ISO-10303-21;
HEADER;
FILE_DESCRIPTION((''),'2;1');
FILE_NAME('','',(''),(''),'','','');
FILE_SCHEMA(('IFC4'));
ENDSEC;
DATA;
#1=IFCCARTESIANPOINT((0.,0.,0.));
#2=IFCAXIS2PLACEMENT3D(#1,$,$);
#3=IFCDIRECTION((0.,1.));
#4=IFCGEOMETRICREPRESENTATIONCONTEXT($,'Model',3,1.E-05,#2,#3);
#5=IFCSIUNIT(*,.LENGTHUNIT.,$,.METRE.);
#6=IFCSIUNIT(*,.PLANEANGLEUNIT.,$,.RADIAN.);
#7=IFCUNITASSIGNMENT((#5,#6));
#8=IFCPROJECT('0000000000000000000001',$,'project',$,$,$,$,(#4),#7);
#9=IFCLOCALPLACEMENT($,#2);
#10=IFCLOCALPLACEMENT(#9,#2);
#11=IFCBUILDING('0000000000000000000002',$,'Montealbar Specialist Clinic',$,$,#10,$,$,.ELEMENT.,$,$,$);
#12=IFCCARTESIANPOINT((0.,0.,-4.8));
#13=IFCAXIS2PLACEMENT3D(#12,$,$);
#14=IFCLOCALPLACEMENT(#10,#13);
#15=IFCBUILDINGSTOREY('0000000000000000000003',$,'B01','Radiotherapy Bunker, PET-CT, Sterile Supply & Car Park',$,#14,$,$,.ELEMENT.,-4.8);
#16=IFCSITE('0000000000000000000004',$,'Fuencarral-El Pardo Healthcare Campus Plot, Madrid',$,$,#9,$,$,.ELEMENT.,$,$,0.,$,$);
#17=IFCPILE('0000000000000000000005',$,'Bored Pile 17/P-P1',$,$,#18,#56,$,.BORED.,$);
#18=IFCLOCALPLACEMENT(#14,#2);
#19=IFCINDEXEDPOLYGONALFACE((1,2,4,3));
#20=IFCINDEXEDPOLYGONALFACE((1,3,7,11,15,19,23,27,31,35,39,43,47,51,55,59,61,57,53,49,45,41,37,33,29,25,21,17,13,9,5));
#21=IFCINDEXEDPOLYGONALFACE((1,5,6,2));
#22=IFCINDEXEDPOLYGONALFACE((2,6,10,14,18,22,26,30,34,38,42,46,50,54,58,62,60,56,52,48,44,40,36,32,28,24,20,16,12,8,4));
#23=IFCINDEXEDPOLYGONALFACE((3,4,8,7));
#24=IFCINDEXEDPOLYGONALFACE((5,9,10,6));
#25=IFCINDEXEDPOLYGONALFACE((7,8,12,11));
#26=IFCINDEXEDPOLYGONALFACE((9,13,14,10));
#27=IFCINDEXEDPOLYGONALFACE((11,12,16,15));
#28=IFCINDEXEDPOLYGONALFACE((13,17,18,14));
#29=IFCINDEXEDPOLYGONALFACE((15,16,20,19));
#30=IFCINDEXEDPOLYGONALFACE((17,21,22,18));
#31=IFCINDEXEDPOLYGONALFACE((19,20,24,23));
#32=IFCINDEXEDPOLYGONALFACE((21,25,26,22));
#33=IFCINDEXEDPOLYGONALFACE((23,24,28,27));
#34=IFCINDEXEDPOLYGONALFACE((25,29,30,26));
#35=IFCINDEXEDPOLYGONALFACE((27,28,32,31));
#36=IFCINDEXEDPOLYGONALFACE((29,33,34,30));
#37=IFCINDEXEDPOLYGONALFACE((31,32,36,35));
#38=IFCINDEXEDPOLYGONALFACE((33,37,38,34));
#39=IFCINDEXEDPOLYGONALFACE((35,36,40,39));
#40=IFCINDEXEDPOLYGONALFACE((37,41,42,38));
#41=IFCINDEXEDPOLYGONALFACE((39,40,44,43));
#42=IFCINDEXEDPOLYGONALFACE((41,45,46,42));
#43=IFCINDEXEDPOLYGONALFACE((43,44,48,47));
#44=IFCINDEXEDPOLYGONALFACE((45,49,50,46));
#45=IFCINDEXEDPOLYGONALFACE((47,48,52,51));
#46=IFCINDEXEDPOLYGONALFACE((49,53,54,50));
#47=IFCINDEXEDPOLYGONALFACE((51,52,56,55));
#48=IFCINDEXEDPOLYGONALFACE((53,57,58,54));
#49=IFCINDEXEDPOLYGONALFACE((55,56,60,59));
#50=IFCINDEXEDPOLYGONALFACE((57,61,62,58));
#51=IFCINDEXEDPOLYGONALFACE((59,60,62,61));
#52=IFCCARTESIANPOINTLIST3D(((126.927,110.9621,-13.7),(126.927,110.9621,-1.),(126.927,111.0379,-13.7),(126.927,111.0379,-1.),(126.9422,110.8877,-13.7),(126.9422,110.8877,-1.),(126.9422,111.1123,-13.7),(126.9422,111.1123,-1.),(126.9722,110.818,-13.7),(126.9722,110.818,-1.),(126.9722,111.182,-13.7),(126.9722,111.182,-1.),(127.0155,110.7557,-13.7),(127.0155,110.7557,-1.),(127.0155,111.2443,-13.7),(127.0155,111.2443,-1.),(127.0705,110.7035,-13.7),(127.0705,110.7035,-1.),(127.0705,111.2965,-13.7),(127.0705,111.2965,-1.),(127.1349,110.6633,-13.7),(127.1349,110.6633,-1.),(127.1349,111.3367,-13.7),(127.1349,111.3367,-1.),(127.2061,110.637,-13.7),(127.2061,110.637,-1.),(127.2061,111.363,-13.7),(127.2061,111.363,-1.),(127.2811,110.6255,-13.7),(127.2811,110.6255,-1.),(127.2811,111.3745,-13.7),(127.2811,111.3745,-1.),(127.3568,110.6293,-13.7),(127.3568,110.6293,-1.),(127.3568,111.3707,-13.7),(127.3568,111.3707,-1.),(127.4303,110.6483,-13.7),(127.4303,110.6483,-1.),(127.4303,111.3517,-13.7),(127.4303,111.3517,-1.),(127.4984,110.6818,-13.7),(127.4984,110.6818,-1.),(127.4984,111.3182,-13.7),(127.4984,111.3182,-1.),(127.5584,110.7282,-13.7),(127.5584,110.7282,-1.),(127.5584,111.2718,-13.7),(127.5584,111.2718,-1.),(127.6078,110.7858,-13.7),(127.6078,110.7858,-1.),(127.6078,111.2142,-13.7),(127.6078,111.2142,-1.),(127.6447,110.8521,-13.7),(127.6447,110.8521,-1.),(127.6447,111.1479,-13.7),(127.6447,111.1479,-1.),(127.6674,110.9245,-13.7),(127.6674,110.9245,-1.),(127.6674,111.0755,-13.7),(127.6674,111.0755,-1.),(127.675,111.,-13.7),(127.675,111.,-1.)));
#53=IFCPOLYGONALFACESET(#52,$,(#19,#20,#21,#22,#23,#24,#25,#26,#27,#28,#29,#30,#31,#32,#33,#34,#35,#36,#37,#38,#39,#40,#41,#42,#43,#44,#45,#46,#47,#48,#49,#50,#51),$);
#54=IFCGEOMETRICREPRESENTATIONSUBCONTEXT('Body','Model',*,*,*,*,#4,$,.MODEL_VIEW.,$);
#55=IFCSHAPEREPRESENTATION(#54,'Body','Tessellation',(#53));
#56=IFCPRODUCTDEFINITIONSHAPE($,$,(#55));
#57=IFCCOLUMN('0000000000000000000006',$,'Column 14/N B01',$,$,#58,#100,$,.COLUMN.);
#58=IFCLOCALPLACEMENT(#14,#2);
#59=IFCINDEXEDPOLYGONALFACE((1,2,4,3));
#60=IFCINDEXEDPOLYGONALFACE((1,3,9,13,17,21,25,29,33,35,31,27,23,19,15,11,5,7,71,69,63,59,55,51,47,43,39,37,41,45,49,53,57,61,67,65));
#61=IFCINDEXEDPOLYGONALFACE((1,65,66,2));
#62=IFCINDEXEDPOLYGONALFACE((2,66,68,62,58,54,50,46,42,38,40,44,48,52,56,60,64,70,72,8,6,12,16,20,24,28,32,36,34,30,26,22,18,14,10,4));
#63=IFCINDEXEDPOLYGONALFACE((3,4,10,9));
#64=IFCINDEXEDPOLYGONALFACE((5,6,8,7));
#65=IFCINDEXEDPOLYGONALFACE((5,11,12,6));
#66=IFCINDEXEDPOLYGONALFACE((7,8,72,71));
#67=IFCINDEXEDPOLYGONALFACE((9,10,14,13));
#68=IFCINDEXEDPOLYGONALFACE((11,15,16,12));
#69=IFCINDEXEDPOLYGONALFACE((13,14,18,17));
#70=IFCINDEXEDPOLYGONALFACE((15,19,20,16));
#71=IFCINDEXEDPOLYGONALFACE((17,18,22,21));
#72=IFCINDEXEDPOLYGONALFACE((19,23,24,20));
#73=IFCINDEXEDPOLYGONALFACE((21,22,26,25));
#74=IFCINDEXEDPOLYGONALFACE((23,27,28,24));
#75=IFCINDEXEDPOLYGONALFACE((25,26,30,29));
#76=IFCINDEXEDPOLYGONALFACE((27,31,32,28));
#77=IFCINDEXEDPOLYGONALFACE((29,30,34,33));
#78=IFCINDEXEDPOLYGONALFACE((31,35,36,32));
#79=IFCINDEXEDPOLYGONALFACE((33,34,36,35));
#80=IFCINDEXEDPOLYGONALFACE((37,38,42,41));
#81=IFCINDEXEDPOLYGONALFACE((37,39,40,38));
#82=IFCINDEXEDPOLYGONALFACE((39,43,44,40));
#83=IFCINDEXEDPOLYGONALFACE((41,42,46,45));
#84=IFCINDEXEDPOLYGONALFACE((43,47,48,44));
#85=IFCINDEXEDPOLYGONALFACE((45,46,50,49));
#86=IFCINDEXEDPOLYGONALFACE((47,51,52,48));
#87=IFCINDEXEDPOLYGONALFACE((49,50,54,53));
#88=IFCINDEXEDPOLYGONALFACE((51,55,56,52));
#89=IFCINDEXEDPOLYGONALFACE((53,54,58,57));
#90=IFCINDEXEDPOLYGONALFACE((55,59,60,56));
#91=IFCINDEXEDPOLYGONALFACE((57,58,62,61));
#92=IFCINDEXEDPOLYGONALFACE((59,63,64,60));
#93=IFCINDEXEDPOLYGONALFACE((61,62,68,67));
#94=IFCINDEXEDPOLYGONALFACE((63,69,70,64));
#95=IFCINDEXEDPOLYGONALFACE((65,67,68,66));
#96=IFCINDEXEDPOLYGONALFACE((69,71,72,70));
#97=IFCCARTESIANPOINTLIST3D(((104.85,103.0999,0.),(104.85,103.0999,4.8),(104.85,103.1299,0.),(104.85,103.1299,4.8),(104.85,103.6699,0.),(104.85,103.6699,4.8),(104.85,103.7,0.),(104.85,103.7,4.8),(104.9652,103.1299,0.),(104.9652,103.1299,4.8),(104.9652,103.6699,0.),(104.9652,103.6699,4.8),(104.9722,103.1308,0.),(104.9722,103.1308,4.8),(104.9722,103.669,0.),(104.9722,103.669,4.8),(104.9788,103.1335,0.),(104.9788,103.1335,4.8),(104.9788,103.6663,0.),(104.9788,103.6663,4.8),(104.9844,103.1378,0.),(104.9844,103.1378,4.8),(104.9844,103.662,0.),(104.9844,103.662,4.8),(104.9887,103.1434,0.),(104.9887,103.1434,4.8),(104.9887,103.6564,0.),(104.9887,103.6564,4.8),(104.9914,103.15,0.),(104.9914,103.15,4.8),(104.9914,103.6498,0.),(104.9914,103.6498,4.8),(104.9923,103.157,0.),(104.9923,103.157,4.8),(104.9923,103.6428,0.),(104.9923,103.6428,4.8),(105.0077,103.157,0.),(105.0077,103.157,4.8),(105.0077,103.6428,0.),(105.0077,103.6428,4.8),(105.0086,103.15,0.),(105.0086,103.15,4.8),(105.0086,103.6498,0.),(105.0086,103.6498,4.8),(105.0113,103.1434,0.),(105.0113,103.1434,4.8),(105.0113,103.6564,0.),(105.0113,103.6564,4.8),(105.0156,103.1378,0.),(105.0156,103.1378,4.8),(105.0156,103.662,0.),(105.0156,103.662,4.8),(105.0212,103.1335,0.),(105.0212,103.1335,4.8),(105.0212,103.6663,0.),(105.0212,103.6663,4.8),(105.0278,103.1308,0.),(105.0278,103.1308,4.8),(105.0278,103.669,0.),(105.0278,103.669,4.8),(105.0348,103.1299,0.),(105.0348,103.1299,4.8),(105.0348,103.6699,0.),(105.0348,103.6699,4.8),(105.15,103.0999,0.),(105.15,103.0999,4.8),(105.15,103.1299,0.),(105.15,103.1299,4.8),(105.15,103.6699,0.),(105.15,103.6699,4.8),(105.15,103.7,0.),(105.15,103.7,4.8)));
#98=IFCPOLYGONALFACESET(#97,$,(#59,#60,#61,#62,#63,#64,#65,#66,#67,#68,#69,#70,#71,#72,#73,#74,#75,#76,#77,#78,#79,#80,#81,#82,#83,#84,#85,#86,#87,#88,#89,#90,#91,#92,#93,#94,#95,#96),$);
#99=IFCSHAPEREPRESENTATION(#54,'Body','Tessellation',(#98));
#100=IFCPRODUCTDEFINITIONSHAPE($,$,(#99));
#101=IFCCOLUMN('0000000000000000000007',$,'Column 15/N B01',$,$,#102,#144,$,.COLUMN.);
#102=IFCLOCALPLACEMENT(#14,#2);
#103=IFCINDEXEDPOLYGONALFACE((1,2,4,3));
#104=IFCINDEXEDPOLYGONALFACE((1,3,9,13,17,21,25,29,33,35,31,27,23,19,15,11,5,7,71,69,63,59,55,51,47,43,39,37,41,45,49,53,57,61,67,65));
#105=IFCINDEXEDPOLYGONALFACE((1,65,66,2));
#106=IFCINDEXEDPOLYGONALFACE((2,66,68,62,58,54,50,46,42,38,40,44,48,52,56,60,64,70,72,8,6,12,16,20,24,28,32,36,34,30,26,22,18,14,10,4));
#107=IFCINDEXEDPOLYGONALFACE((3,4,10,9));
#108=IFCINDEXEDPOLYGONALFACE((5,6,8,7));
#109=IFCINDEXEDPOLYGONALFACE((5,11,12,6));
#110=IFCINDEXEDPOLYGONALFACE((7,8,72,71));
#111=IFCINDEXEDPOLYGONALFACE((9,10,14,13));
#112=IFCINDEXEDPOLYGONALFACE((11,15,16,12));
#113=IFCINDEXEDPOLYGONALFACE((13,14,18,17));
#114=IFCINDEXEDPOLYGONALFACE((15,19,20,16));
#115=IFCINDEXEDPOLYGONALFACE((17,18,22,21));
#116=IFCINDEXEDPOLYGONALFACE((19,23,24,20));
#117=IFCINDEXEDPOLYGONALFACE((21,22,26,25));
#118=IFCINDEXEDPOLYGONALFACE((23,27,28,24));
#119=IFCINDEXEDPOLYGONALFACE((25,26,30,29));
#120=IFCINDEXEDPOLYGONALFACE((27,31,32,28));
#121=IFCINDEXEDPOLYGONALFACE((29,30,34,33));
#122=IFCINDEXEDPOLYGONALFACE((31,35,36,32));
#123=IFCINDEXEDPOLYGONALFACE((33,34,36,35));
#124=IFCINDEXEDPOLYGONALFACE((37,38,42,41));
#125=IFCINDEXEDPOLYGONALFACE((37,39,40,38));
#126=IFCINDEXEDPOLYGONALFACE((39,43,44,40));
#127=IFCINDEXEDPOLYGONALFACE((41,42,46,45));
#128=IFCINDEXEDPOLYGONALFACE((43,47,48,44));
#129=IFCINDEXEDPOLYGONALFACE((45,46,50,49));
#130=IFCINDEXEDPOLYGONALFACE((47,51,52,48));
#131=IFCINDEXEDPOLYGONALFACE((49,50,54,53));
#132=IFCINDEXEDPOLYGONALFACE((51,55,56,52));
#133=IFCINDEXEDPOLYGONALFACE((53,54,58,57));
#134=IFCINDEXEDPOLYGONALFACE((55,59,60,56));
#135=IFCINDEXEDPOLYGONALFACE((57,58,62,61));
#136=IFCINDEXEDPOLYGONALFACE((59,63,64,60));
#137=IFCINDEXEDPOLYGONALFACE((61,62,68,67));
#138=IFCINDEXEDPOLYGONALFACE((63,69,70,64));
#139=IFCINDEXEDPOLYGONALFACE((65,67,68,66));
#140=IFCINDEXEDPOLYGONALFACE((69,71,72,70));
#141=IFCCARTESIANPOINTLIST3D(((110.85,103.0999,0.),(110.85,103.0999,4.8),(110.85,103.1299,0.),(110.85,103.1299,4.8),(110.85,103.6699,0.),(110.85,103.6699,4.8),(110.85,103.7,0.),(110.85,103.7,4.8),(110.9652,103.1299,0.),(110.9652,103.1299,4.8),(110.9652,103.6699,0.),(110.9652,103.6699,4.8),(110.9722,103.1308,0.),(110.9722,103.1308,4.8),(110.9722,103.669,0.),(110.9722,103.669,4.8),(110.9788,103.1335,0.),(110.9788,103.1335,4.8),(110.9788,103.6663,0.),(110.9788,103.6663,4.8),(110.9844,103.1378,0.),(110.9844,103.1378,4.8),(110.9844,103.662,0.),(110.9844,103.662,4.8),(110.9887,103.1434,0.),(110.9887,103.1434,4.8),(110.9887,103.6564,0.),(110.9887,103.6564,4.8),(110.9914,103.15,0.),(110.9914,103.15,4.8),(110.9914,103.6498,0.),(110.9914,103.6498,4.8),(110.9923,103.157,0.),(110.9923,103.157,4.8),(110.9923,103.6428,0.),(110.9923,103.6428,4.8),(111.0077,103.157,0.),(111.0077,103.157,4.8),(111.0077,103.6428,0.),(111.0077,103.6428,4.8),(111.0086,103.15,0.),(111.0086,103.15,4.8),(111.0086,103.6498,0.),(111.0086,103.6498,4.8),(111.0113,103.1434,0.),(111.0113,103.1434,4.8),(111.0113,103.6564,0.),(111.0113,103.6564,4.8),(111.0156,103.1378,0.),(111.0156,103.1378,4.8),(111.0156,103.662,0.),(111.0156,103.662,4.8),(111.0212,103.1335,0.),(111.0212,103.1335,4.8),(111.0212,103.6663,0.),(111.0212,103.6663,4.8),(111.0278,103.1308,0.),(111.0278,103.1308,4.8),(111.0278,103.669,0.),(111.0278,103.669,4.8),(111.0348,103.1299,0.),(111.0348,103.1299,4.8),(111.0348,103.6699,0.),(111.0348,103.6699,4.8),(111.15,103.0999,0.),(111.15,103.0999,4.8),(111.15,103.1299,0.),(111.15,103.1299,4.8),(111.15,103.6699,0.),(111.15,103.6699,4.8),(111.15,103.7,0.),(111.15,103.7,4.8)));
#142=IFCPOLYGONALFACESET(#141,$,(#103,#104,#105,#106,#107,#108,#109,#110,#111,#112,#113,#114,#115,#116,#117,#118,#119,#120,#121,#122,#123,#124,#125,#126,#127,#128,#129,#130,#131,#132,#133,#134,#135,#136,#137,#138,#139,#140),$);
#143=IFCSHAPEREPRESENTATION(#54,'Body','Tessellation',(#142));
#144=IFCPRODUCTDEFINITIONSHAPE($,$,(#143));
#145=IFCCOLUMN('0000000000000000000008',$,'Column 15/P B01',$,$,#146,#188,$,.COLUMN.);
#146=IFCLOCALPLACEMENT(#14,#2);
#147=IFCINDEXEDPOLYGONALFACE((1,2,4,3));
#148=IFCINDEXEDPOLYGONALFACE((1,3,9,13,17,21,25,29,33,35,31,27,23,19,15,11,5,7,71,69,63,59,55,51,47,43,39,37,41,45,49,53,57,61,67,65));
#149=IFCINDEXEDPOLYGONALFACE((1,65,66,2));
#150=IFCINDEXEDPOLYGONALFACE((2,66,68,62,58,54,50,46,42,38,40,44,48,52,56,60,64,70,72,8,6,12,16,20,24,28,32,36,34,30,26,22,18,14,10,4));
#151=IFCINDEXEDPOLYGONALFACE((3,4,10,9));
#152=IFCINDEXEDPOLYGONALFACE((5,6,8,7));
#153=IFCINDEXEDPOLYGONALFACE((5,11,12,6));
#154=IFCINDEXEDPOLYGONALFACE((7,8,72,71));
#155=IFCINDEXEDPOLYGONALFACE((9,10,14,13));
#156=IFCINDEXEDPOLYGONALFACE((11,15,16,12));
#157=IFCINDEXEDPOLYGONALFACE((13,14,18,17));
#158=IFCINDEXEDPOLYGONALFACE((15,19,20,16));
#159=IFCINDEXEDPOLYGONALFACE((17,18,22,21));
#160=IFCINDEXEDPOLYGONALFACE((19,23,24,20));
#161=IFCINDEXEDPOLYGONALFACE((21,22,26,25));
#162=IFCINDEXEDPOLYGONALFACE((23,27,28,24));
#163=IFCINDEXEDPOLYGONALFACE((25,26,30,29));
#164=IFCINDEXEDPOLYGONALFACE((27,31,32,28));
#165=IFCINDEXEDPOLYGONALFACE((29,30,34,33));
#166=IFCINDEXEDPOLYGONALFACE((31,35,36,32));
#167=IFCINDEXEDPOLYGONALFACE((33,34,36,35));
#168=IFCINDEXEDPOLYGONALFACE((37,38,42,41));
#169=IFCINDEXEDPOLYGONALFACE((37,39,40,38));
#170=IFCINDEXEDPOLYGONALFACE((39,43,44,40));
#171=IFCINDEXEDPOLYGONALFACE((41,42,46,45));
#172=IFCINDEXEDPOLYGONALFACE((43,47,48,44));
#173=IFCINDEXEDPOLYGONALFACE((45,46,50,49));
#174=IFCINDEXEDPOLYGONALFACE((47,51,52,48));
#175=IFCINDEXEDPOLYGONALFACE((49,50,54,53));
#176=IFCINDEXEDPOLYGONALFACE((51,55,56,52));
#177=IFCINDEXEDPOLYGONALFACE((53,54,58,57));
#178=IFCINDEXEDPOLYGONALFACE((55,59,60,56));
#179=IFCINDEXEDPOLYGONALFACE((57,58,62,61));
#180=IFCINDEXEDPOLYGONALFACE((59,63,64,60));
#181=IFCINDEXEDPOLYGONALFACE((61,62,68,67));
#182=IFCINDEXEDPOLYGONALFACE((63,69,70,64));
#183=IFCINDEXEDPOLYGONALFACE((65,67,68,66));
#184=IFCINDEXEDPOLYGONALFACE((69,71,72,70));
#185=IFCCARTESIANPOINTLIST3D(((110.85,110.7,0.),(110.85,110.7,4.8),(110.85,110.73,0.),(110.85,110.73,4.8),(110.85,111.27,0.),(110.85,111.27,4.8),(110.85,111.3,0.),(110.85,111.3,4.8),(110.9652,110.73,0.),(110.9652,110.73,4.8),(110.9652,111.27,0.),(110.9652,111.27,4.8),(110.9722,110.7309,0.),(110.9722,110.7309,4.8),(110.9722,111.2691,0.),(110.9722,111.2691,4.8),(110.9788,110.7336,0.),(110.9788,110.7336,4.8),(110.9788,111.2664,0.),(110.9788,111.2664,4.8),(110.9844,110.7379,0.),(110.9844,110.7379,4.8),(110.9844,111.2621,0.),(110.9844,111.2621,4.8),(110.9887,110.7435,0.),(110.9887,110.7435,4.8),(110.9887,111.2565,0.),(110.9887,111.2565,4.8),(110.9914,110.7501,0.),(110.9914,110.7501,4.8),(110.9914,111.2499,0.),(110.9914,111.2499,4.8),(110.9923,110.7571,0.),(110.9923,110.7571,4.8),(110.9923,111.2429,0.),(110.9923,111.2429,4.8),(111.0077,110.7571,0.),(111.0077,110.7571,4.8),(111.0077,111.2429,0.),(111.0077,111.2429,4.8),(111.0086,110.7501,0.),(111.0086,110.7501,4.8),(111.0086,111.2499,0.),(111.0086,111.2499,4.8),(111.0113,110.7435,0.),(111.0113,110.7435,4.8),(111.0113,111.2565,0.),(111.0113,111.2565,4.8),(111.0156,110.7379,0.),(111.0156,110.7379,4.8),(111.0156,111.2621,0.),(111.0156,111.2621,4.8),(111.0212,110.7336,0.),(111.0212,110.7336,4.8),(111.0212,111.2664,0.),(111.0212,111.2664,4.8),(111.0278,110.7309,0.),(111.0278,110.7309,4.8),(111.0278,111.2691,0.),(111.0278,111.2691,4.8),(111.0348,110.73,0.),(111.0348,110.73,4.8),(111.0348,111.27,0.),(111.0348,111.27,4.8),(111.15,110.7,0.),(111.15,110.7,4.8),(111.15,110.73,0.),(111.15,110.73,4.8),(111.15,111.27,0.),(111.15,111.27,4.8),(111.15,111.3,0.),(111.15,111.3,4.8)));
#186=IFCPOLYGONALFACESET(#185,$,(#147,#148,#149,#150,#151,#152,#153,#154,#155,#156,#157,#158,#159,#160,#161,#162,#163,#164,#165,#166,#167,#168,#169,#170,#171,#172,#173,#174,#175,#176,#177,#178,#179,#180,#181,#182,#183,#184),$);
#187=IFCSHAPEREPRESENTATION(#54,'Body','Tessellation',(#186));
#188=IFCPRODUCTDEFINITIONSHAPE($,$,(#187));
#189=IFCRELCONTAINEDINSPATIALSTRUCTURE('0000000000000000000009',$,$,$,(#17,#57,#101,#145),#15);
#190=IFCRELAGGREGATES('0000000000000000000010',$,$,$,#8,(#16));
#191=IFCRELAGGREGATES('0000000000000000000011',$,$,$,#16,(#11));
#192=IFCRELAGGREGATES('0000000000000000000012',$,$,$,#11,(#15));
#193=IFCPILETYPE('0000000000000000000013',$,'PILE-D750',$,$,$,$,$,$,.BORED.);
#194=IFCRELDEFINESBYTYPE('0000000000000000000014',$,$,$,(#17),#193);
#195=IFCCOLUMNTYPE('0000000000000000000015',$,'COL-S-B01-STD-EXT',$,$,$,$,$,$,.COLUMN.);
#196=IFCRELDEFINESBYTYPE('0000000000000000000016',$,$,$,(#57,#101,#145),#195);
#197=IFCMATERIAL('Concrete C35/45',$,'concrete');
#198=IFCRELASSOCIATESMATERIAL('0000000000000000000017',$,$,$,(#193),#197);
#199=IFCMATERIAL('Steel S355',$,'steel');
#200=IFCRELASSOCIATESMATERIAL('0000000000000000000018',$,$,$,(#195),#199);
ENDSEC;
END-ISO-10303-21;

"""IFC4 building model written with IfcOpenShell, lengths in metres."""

from ifc_helpers import new_model, si_unit, direction, frame, origin, origin_2d, place, context, subcontext, project, spatial, circle, i_section, extrude, material, material_profile, profile_set, type_object, element, save


model = new_model("IFC4")

# Units and contexts
model_context = context("Model", 3, precision=1e-05, world=origin(), true_north=direction((0.0, 1.0)))
body_context = subcontext(model_context, "Body", "Model", "MODEL_VIEW")
ifc_project = project(units=[si_unit("LENGTHUNIT", "METRE"), si_unit("PLANEANGLEUNIT", "RADIAN")], contexts=[model_context])

# Site, building, storey
site_placement = place(None, origin())
site = spatial("IfcSite", under=ifc_project, at=site_placement, Name="Fuencarral-El Pardo Healthcare Campus Plot, Madrid", CompositionType="ELEMENT", RefElevation=0.0)
building_placement = place(site_placement, origin())
building = spatial("IfcBuilding", under=site, at=building_placement, Name="Montealbar Specialist Clinic", CompositionType="ELEMENT")
storey_placement = place(building_placement, frame((0.0, 0.0, -4.8)))
storey = spatial("IfcBuildingStorey", under=building, at=storey_placement, Name="B01", Description="Radiotherapy Bunker, PET-CT, Sterile Supply & Car Park", CompositionType="ELEMENT", Elevation=-4.8)

# Shared definitions
ifc_material_1 = material(Name="Concrete C35/45", Category="concrete")

# Pile
ifc_material_profile_1 = material_profile(ifc_material_1, circle(Radius=0.375, at=origin_2d()), Name="PILE D750", Category="concrete")
ifc_profile_set_1 = profile_set([ifc_material_profile_1], Name="Concrete C35/45")
pile_type = type_object("IfcPileType", Name="PILE-D750", PredefinedType="BORED", material=ifc_profile_set_1)
pile_1_placement = place(storey_placement, frame((127.3, 111.0, -1.0), z_axis=(0.0, 0.0, -1.0), x_axis=(1.0, 0.0, 0.0)))
element("IfcPile", 1, at=pile_1_placement, inside=storey, type_object=pile_type, Name="Bored Pile 17/P-P1", PredefinedType="BORED", context=body_context, shape_type="SweptSolid", body=[
    extrude(circle(Radius=0.375, at=origin_2d()), origin(), (0.0, 0.0, 1.0), 12.7),
])

# Columns
ifc_material_2 = material(Name="Steel S355", Category="steel")
ifc_material_profile_2 = material_profile(ifc_material_2, i_section(OverallWidth=0.3, OverallDepth=0.6001, WebThickness=0.0154, FlangeThickness=0.03, FilletRadius=0.0271, at=origin_2d()), Name="HEB 600", Category="steel")
ifc_profile_set_2 = profile_set([ifc_material_profile_2], Name="Steel S355")
column_type_1 = type_object("IfcColumnType", Name="COL-S-B01-STD-EXT", PredefinedType="COLUMN", material=ifc_profile_set_2)
for number, where, z_axis, x_axis, name in (
    (2, (105.0, 103.3999, 0.0), (0.0, 0.0, 1.0), (1.0, 0.0, 0.0), "Column 14/N B01"),
    (3, (111.0, 103.3999, 0.0), (0.0, 0.0, 1.0), (1.0, 0.0, 0.0), "Column 15/N B01"),
    (4, (111.0, 111.0, 0.0), (0.0, 0.0, 1.0), (1.0, 0.0, 0.0), "Column 15/P B01"),
):
    element("IfcColumn", number, at=place(storey_placement, frame(where, z_axis=z_axis, x_axis=x_axis)), inside=storey, type_object=column_type_1, Name=name, PredefinedType="COLUMN", context=body_context, shape_type="SweptSolid", body=[
        extrude(i_section(OverallWidth=0.3, OverallDepth=0.6001, WebThickness=0.0154, FlangeThickness=0.03, FilletRadius=0.0271, at=origin_2d()), origin(), (0.0, 0.0, 1.0), 4.8),
    ])

save(model, "model.ifc")
